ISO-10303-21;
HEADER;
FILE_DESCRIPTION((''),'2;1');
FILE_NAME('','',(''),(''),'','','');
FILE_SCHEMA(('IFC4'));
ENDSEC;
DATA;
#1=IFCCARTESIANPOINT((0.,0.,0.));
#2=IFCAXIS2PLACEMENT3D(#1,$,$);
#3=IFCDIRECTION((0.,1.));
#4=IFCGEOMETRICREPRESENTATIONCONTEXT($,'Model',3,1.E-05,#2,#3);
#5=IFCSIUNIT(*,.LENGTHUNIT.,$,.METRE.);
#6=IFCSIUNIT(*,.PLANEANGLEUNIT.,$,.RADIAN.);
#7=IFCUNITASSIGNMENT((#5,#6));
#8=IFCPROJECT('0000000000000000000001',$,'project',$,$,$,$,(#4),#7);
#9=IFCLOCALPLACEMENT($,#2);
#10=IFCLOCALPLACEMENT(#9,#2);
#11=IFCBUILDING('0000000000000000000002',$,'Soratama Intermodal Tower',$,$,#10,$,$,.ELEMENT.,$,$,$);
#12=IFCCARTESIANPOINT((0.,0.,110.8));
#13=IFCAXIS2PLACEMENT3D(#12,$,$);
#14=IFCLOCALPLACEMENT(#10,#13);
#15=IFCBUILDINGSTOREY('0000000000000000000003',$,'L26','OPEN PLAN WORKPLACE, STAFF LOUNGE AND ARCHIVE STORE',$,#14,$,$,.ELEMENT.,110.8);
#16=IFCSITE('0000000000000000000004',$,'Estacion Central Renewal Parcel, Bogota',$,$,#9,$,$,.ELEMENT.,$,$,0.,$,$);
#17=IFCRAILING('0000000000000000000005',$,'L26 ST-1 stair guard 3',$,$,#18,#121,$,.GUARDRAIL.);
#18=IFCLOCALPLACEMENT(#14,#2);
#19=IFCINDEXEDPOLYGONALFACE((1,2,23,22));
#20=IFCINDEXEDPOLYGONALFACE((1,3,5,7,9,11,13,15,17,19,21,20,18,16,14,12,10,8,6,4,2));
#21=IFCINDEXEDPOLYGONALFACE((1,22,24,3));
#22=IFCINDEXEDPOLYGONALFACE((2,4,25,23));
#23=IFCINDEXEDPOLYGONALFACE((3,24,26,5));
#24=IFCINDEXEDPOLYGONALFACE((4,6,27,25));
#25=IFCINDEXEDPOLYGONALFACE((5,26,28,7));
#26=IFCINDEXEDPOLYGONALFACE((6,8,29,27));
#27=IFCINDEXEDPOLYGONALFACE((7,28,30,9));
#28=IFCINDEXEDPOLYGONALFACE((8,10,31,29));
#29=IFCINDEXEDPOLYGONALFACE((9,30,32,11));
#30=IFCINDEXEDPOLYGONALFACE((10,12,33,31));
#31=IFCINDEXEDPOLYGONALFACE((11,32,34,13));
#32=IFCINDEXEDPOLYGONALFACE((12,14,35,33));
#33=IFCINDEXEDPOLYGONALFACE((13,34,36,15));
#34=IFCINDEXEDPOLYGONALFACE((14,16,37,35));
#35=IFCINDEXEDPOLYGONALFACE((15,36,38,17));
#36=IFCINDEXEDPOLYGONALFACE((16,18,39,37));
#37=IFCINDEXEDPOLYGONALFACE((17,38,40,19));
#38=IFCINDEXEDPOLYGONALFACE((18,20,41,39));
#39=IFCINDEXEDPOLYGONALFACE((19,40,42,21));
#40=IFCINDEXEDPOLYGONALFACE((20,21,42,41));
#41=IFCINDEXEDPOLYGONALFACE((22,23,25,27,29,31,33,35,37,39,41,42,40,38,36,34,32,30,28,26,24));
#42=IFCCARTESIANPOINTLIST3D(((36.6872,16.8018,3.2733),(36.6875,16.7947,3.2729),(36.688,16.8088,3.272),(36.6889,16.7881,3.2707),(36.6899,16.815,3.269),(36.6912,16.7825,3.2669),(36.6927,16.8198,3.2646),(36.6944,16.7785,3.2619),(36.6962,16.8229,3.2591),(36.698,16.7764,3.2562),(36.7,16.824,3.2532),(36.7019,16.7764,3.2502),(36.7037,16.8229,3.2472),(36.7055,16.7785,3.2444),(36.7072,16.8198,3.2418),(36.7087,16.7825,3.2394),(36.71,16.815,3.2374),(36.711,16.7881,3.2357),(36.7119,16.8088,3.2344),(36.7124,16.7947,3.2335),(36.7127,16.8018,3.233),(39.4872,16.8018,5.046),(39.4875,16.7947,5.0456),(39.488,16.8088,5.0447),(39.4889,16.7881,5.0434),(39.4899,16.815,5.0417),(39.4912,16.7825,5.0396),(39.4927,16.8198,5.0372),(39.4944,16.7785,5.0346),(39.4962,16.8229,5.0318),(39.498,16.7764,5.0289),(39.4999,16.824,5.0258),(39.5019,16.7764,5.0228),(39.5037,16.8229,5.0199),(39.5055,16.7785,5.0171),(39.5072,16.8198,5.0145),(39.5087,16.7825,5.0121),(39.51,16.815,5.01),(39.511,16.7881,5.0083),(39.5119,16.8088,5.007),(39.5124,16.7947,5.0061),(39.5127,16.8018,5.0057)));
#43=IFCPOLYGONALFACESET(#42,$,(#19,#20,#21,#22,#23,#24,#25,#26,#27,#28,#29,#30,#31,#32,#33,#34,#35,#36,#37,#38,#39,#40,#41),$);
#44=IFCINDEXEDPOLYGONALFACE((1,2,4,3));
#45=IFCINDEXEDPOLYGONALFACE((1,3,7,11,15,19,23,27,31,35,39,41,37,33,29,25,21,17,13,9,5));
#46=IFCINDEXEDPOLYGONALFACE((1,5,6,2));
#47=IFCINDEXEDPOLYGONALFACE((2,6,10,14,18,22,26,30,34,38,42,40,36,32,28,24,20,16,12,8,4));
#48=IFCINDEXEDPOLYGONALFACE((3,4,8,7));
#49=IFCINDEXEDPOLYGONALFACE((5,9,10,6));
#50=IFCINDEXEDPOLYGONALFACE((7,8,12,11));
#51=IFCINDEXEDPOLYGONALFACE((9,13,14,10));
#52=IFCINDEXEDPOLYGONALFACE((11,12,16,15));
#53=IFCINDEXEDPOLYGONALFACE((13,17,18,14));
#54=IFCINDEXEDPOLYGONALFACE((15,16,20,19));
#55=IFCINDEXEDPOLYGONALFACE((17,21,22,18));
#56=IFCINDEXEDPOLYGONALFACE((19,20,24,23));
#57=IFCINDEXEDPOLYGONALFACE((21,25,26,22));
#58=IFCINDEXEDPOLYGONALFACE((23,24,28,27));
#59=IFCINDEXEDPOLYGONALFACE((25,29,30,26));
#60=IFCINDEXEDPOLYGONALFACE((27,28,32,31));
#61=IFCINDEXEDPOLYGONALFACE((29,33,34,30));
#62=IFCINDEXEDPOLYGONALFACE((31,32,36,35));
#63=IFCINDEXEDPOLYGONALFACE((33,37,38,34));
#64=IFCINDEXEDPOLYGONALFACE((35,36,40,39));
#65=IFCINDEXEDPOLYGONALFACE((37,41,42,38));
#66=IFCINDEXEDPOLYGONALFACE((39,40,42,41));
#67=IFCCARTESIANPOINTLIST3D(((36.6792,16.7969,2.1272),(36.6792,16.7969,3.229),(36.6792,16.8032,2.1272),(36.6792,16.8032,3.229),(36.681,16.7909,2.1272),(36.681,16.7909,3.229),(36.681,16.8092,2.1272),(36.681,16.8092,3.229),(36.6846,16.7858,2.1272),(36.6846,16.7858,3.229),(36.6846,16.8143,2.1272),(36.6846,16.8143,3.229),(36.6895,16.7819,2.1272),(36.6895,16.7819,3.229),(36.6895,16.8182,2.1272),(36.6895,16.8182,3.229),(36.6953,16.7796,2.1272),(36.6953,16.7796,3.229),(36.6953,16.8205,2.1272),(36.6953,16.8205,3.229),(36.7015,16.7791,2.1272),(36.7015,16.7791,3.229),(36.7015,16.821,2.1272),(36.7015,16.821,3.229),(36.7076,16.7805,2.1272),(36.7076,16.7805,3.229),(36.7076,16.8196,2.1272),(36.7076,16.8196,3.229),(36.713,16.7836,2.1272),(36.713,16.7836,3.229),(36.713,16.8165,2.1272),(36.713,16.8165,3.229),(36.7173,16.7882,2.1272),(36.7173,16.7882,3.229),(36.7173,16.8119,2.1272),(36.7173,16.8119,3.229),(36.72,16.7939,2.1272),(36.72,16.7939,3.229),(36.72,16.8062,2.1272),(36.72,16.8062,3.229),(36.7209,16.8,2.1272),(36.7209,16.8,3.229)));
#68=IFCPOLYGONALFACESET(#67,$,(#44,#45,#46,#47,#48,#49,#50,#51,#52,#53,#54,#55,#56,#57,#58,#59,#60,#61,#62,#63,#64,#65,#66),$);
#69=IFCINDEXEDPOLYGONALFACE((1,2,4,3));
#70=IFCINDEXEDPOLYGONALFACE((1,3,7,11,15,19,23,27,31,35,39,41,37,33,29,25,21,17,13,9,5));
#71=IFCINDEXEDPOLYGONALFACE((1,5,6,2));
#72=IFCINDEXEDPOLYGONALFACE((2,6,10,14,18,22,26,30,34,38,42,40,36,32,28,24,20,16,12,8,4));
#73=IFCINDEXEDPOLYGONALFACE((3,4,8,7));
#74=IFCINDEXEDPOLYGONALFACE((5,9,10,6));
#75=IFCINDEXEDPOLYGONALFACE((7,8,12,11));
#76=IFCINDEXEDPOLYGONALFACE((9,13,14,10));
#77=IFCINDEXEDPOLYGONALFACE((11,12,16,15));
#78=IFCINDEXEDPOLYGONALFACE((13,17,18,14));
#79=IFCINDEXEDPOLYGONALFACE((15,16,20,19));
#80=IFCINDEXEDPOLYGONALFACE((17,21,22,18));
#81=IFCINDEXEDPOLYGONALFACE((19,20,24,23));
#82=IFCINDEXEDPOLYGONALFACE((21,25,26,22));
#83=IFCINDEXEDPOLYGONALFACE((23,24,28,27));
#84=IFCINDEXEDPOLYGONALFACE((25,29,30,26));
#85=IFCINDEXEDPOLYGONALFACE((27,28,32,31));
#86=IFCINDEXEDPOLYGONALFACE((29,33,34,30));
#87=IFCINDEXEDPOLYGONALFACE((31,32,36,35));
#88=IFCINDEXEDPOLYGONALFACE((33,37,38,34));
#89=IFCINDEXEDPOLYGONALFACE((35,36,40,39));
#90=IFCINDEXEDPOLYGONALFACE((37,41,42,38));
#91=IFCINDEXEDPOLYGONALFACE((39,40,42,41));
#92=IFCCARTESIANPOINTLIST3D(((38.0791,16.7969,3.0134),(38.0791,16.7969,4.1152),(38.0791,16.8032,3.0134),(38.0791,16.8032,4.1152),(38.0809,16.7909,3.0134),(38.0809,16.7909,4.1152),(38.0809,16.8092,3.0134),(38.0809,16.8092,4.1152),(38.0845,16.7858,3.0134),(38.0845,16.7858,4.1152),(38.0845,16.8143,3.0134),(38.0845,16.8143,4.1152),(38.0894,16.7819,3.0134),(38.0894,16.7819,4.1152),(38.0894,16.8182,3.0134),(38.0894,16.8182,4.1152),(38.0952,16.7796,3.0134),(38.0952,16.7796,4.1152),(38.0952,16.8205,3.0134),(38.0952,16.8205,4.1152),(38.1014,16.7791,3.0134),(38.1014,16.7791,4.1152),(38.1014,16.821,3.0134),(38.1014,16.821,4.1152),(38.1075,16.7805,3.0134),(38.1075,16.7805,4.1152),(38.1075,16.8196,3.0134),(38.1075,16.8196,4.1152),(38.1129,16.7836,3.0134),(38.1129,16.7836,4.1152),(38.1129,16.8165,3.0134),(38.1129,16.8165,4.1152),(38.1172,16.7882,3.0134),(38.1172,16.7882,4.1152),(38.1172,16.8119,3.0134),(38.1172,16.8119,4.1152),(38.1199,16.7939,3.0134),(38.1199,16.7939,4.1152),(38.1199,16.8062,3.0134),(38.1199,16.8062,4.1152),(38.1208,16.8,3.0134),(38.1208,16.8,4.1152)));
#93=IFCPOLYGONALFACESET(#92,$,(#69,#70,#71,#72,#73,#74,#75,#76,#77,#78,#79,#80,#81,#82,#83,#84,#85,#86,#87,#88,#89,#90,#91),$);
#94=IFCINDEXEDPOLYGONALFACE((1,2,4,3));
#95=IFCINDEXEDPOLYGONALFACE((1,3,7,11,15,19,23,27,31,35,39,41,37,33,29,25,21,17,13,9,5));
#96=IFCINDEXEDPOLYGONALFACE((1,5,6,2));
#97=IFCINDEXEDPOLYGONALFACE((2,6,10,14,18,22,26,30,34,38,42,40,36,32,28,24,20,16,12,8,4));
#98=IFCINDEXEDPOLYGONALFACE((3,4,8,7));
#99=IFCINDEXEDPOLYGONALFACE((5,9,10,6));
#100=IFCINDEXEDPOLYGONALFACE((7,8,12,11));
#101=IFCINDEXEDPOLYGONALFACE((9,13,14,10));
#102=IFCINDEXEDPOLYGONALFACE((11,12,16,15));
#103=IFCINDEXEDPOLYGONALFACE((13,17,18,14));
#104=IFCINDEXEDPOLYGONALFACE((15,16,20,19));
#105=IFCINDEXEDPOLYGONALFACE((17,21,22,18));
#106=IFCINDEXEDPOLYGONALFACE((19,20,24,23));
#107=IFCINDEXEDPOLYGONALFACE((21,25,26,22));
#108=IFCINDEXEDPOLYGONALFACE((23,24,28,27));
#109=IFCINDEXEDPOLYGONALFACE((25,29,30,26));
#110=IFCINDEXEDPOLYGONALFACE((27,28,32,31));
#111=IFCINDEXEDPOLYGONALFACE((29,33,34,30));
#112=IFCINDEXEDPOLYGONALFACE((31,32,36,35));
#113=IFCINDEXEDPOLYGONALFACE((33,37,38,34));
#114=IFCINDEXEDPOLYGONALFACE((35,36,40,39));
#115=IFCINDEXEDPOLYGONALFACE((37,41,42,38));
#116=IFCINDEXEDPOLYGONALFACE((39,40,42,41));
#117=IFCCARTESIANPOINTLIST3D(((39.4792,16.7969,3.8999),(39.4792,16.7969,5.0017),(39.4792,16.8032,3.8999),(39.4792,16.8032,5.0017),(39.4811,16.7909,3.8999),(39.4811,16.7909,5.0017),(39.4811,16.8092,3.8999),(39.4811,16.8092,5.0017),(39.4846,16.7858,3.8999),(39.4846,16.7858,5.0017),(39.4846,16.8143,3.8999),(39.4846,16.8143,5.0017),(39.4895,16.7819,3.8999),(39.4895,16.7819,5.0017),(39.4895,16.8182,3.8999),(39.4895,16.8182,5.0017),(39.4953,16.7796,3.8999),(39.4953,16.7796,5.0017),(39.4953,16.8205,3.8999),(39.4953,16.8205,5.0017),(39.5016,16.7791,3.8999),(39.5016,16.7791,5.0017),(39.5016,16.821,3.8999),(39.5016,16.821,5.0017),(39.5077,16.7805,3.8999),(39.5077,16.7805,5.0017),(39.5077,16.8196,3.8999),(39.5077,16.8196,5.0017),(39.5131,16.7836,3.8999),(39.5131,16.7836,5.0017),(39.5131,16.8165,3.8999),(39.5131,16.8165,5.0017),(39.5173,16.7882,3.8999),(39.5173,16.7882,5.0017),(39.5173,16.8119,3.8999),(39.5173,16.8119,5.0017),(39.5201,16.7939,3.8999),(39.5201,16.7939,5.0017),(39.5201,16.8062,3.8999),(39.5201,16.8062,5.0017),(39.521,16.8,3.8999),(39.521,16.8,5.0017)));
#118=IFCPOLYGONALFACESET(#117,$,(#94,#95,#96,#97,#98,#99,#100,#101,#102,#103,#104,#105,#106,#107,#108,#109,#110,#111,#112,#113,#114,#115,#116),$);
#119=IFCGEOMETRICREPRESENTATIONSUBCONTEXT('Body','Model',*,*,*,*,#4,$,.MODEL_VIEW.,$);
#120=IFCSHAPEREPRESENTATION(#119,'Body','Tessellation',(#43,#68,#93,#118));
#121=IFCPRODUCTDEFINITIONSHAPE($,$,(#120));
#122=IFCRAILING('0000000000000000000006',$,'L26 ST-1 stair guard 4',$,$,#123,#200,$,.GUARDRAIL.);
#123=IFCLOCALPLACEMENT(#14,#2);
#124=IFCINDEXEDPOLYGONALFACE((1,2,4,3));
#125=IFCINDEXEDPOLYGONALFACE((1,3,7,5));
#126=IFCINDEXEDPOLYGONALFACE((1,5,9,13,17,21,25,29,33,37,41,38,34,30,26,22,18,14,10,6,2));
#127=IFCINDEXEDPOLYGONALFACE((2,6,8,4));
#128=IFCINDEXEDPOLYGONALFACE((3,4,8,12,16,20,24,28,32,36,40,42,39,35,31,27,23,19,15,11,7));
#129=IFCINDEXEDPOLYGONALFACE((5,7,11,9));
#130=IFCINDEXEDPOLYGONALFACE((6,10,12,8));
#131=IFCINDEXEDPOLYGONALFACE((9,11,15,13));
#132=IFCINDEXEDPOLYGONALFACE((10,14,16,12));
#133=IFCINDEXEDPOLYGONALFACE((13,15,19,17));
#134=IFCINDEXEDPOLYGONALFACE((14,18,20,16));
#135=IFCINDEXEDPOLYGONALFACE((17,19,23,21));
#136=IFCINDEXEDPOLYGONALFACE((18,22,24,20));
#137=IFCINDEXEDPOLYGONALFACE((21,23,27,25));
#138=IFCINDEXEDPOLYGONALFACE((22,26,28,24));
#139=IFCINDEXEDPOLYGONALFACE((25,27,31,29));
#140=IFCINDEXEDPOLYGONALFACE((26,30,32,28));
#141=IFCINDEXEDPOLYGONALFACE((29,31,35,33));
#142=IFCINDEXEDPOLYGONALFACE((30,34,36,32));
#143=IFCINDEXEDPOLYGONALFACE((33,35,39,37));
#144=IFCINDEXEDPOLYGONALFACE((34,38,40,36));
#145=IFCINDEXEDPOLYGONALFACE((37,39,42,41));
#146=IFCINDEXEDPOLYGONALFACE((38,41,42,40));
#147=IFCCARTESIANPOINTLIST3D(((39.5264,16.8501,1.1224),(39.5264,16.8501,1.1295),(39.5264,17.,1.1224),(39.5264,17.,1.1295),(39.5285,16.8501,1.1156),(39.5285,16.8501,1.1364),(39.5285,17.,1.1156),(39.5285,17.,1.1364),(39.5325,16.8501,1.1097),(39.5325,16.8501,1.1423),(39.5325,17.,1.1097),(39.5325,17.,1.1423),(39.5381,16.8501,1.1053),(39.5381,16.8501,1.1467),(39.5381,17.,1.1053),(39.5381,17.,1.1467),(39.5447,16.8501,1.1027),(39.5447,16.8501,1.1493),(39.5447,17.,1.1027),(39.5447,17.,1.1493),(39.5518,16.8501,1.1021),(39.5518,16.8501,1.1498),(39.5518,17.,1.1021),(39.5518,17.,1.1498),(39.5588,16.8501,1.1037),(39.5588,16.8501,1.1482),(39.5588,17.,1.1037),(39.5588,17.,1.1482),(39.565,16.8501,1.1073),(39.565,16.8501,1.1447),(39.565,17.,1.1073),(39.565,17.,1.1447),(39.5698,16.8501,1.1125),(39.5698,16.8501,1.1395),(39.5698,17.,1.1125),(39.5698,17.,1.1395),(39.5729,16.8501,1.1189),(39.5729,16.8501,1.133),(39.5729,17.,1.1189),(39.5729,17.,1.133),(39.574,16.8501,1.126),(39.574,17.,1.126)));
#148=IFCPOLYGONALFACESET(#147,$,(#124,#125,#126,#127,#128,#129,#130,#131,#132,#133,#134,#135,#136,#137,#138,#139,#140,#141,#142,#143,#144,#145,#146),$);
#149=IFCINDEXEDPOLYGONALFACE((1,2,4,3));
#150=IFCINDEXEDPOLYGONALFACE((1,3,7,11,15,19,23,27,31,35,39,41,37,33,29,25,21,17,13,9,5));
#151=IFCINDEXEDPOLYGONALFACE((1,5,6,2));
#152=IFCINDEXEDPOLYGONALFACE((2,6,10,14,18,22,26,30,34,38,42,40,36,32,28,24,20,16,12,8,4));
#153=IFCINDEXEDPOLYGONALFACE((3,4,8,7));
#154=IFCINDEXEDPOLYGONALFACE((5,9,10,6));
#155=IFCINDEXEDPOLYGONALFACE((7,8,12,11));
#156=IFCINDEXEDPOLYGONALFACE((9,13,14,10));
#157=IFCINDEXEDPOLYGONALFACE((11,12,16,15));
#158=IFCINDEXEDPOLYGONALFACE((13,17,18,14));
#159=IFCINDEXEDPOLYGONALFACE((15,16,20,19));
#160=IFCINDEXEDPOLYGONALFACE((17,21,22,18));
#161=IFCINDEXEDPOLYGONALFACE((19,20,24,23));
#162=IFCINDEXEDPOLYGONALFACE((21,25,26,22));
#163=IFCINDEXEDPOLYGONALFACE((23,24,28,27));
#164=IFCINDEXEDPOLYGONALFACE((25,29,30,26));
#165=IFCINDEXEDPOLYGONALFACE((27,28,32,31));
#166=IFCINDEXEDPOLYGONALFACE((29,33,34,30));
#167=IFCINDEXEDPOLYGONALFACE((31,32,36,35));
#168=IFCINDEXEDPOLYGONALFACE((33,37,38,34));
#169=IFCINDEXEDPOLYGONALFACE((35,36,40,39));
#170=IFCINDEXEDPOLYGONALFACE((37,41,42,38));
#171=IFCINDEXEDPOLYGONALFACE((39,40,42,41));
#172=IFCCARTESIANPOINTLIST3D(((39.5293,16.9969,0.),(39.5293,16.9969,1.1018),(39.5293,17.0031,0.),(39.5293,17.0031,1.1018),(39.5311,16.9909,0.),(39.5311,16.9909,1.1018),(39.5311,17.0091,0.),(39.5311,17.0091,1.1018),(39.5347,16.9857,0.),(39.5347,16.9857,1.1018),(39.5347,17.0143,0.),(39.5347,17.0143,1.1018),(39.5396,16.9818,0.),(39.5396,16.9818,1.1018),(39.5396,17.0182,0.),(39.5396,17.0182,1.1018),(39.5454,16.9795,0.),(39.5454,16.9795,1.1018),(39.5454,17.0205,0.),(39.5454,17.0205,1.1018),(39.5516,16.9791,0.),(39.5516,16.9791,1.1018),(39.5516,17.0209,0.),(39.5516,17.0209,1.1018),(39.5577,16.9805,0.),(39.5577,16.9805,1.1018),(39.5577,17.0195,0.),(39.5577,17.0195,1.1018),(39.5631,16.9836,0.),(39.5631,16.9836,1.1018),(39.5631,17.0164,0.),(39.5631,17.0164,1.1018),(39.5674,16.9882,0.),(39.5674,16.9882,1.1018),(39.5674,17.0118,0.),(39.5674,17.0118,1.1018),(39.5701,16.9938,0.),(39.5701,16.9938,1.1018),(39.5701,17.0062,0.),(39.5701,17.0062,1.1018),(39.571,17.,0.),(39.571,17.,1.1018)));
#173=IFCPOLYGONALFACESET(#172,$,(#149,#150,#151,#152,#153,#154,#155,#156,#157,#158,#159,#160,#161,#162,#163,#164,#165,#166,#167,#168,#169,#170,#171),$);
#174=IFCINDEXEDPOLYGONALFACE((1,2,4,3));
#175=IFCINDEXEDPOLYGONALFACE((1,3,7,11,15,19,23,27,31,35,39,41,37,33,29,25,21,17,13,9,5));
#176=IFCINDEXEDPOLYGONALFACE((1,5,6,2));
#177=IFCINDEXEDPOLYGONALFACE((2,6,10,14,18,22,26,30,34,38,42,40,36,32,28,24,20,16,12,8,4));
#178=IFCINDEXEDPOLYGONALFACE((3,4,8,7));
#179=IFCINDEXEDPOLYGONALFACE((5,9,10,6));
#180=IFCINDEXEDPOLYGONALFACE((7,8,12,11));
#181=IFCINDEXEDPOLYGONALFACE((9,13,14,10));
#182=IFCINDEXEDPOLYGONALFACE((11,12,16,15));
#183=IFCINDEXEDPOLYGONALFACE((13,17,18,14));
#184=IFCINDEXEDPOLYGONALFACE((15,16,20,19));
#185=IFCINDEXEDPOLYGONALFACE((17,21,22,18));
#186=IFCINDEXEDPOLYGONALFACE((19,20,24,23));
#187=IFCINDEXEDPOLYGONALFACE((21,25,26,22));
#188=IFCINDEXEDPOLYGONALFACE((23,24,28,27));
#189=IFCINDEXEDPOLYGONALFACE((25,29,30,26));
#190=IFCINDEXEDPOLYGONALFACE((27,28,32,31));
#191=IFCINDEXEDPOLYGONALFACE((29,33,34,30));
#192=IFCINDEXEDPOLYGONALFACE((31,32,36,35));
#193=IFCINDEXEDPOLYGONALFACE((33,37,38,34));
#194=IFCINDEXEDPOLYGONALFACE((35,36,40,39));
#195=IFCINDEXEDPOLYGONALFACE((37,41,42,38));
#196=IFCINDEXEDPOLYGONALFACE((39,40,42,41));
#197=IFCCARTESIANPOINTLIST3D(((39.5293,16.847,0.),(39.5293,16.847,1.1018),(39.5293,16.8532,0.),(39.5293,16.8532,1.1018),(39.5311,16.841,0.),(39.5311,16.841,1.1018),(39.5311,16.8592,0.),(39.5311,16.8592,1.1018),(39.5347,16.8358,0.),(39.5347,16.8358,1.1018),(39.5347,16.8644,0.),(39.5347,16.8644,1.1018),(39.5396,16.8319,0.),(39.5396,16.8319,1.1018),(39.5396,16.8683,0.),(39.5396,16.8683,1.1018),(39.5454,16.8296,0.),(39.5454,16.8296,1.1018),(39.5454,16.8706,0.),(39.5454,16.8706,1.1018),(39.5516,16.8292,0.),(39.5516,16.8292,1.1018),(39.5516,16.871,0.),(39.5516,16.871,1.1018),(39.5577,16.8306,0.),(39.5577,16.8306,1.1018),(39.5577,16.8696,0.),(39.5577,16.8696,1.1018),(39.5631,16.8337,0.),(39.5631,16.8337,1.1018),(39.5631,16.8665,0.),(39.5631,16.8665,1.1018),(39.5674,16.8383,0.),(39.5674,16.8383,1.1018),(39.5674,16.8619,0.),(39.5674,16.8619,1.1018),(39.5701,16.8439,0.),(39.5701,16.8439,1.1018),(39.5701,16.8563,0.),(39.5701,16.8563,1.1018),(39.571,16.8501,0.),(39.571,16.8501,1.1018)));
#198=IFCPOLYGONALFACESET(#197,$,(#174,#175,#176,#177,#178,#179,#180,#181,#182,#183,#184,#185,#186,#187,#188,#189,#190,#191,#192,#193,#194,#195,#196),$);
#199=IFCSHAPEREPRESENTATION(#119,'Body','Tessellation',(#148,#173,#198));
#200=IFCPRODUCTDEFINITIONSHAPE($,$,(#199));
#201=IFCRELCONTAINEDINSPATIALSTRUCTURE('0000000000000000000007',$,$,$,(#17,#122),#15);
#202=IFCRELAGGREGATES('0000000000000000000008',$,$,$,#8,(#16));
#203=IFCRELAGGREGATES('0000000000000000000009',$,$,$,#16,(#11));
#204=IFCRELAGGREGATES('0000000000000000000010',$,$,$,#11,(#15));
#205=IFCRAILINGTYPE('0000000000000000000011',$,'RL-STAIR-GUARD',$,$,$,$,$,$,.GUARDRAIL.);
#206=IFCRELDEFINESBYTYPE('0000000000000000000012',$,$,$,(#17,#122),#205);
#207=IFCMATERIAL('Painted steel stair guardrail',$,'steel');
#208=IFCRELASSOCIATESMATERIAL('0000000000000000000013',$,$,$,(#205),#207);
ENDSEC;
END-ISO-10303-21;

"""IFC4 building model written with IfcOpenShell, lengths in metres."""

from ifc_helpers import new_model, si_unit, direction, frame, origin, origin_2d, place, context, subcontext, project, spatial, circle, extrude, material, type_object, element, save


model = new_model("IFC4")

# Units and contexts
model_context = context("Model", 3, precision=1e-05, world=origin(), true_north=direction((0.0, 1.0)))
body_context = subcontext(model_context, "Body", "Model", "MODEL_VIEW")
ifc_project = project(units=[si_unit("LENGTHUNIT", "METRE"), si_unit("PLANEANGLEUNIT", "RADIAN")], contexts=[model_context])

# Site, building, storey
site_placement = place(None, origin())
site = spatial("IfcSite", under=ifc_project, at=site_placement, Name="Estacion Central Renewal Parcel, Bogota", CompositionType="ELEMENT", RefElevation=0.0)
building_placement = place(site_placement, origin())
building = spatial("IfcBuilding", under=site, at=building_placement, Name="Soratama Intermodal Tower", CompositionType="ELEMENT")
storey_placement = place(building_placement, frame((0.0, 0.0, 110.8)))
storey = spatial("IfcBuildingStorey", under=building, at=storey_placement, Name="L26", Description="OPEN PLAN WORKPLACE, STAFF LOUNGE AND ARCHIVE STORE", CompositionType="ELEMENT", Elevation=110.8)

# Railings
ifc_material_1 = material(Name="Painted steel stair guardrail", Category="steel")
railing_type_1 = type_object("IfcRailingType", Name="RL-STAIR-GUARD", PredefinedType="GUARDRAIL", material=ifc_material_1)
railing_1_placement = place(storey_placement, frame((36.7, 16.8, 2.1272)))
element("IfcRailing", 1, at=railing_1_placement, inside=storey, type_object=railing_type_1, Name="L26 ST-1 stair guard 3", PredefinedType="GUARDRAIL", context=body_context, shape_type="SweptSolid", body=[
    extrude(circle(Radius=0.0239, at=origin_2d()), frame((0.0, 0.0, 1.126), z_axis=(0.844909, 0.0, 0.53491), x_axis=(0.0, 1.0, 0.0)), (0.0, 0.0, 1.0), 3.314),
    extrude(circle(Radius=0.021, at=origin_2d()), origin(), (0.0, 0.0, 1.0), 1.1018),
    extrude(circle(Radius=0.021, at=origin_2d()), frame((1.3999, 0.0, 0.8862)), (0.0, 0.0, 1.0), 1.1018),
    extrude(circle(Radius=0.021, at=origin_2d()), frame((2.8, 0.0, 1.7727)), (0.0, 0.0, 1.0), 1.1018),
])
railing_2_placement = place(storey_placement, frame((39.55, 17.0, 0.0)))
element("IfcRailing", 2, at=railing_2_placement, inside=storey, type_object=railing_type_1, Name="L26 ST-1 stair guard 4", PredefinedType="GUARDRAIL", context=body_context, shape_type="SweptSolid", body=[
    extrude(circle(Radius=0.0239, at=origin_2d()), frame((0.0, 0.0, 1.126), z_axis=(0.0, -1.0, 0.0), x_axis=(1.0, 0.0, 0.0)), (0.0, 0.0, 1.0), 0.1499),
    extrude(circle(Radius=0.021, at=origin_2d()), origin(), (0.0, 0.0, 1.0), 1.1018),
    extrude(circle(Radius=0.021, at=origin_2d()), frame((0.0, -0.1499, 0.0)), (0.0, 0.0, 1.0), 1.1018),
])

save(model, "model.ifc")
